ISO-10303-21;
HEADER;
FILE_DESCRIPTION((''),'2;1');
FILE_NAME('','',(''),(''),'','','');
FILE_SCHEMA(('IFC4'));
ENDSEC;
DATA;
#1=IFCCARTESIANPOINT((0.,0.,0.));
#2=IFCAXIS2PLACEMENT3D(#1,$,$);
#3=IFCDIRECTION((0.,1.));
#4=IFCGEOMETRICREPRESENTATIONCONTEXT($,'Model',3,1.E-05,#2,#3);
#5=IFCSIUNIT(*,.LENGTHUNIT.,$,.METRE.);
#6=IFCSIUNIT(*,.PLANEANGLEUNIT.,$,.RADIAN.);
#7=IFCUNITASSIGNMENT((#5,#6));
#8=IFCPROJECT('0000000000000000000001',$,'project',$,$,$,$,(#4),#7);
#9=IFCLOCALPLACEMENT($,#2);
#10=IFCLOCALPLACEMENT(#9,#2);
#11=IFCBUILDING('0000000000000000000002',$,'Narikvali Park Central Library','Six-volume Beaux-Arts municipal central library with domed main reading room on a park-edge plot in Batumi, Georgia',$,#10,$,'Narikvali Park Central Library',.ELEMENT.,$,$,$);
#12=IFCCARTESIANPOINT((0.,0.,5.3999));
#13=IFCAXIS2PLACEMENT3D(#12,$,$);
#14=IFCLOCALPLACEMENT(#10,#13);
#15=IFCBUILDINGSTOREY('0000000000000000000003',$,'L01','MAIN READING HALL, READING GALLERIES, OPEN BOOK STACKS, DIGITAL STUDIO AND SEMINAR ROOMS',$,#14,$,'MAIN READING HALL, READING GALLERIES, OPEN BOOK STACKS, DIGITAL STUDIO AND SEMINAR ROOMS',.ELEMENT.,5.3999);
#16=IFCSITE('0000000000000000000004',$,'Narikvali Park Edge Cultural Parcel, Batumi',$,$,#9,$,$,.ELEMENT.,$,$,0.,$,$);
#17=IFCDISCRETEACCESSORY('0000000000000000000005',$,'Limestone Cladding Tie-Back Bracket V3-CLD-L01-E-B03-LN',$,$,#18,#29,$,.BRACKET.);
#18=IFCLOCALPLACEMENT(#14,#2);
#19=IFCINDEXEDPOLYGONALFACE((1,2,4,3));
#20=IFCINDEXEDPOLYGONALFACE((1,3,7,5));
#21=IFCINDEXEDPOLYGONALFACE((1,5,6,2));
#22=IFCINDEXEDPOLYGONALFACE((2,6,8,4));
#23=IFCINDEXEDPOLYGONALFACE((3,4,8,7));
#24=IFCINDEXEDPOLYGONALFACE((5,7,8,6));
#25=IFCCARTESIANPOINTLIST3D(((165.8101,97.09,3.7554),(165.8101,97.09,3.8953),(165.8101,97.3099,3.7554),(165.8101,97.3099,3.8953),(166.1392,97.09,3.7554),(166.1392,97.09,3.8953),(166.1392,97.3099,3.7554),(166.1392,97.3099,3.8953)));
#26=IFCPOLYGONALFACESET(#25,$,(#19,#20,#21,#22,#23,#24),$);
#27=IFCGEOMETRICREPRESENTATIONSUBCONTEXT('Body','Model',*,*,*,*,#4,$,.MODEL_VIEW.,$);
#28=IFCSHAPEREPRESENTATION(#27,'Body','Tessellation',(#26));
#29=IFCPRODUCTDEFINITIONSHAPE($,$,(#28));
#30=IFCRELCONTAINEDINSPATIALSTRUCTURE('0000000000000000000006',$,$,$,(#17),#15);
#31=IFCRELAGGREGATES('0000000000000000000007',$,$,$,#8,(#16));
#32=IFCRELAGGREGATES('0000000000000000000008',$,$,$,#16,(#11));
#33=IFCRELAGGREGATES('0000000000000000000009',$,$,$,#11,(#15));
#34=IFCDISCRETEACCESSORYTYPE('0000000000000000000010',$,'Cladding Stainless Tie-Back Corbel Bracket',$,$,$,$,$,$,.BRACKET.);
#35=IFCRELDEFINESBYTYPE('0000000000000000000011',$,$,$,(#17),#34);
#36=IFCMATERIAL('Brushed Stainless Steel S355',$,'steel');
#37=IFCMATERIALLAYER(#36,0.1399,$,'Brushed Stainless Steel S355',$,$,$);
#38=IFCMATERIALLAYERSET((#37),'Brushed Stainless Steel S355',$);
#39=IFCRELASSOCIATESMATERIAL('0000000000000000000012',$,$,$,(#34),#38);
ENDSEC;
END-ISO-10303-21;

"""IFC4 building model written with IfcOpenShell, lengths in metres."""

from ifc_helpers import new_model, si_unit, direction, frame, origin, origin_2d, place, context, subcontext, project, spatial, rectangle, extrude, material, layer, layer_set, type_object, element, save


model = new_model("IFC4")

# Units and contexts
model_context = context("Model", 3, precision=1e-05, world=origin(), true_north=direction((0.0, 1.0)))
body_context = subcontext(model_context, "Body", "Model", "MODEL_VIEW")
ifc_project = project(units=[si_unit("LENGTHUNIT", "METRE"), si_unit("PLANEANGLEUNIT", "RADIAN")], contexts=[model_context])

# Site, building, storey
site_placement = place(None, origin())
site = spatial("IfcSite", under=ifc_project, at=site_placement, Name="Narikvali Park Edge Cultural Parcel, Batumi", CompositionType="ELEMENT", RefElevation=0.0)
building_placement = place(site_placement, origin())
building = spatial("IfcBuilding", under=site, at=building_placement, Name="Narikvali Park Central Library", Description="Six-volume Beaux-Arts municipal central library with domed main reading room on a park-edge plot in Batumi, Georgia", LongName="Narikvali Park Central Library", CompositionType="ELEMENT")
storey_placement = place(building_placement, frame((0.0, 0.0, 5.3999)))
storey = spatial("IfcBuildingStorey", under=building, at=storey_placement, Name="L01", Description="MAIN READING HALL, READING GALLERIES, OPEN BOOK STACKS, DIGITAL STUDIO AND SEMINAR ROOMS", LongName="MAIN READING HALL, READING GALLERIES, OPEN BOOK STACKS, DIGITAL STUDIO AND SEMINAR ROOMS", CompositionType="ELEMENT", Elevation=5.3999)

# Shared definitions
ifc_material_1 = material(Name="Brushed Stainless Steel S355", Category="steel")

# Discrete accessory
ifc_layer_1 = layer(ifc_material_1, 0.1399, Name="Brushed Stainless Steel S355")
ifc_layer_set_1 = layer_set([ifc_layer_1], Name="Brushed Stainless Steel S355")
discrete_accessory_type = type_object("IfcDiscreteAccessoryType", Name="Cladding Stainless Tie-Back Corbel Bracket", PredefinedType="BRACKET", material=ifc_layer_set_1)
discrete_accessory_1_placement = place(storey_placement, frame((165.9746, 97.2, 3.7554), z_axis=(0.0, 0.0, 1.0), x_axis=(1.0, 0.0, 0.0)))
element("IfcDiscreteAccessory", 1, at=discrete_accessory_1_placement, inside=storey, type_object=discrete_accessory_type, Name="Limestone Cladding Tie-Back Bracket V3-CLD-L01-E-B03-LN", PredefinedType="BRACKET", context=body_context, shape_type="SweptSolid", body=[
    extrude(rectangle(XDim=0.3291, YDim=0.22, at=origin_2d()), origin(), (0.0, 0.0, 1.0), 0.1399),
])

save(model, "model.ifc")
